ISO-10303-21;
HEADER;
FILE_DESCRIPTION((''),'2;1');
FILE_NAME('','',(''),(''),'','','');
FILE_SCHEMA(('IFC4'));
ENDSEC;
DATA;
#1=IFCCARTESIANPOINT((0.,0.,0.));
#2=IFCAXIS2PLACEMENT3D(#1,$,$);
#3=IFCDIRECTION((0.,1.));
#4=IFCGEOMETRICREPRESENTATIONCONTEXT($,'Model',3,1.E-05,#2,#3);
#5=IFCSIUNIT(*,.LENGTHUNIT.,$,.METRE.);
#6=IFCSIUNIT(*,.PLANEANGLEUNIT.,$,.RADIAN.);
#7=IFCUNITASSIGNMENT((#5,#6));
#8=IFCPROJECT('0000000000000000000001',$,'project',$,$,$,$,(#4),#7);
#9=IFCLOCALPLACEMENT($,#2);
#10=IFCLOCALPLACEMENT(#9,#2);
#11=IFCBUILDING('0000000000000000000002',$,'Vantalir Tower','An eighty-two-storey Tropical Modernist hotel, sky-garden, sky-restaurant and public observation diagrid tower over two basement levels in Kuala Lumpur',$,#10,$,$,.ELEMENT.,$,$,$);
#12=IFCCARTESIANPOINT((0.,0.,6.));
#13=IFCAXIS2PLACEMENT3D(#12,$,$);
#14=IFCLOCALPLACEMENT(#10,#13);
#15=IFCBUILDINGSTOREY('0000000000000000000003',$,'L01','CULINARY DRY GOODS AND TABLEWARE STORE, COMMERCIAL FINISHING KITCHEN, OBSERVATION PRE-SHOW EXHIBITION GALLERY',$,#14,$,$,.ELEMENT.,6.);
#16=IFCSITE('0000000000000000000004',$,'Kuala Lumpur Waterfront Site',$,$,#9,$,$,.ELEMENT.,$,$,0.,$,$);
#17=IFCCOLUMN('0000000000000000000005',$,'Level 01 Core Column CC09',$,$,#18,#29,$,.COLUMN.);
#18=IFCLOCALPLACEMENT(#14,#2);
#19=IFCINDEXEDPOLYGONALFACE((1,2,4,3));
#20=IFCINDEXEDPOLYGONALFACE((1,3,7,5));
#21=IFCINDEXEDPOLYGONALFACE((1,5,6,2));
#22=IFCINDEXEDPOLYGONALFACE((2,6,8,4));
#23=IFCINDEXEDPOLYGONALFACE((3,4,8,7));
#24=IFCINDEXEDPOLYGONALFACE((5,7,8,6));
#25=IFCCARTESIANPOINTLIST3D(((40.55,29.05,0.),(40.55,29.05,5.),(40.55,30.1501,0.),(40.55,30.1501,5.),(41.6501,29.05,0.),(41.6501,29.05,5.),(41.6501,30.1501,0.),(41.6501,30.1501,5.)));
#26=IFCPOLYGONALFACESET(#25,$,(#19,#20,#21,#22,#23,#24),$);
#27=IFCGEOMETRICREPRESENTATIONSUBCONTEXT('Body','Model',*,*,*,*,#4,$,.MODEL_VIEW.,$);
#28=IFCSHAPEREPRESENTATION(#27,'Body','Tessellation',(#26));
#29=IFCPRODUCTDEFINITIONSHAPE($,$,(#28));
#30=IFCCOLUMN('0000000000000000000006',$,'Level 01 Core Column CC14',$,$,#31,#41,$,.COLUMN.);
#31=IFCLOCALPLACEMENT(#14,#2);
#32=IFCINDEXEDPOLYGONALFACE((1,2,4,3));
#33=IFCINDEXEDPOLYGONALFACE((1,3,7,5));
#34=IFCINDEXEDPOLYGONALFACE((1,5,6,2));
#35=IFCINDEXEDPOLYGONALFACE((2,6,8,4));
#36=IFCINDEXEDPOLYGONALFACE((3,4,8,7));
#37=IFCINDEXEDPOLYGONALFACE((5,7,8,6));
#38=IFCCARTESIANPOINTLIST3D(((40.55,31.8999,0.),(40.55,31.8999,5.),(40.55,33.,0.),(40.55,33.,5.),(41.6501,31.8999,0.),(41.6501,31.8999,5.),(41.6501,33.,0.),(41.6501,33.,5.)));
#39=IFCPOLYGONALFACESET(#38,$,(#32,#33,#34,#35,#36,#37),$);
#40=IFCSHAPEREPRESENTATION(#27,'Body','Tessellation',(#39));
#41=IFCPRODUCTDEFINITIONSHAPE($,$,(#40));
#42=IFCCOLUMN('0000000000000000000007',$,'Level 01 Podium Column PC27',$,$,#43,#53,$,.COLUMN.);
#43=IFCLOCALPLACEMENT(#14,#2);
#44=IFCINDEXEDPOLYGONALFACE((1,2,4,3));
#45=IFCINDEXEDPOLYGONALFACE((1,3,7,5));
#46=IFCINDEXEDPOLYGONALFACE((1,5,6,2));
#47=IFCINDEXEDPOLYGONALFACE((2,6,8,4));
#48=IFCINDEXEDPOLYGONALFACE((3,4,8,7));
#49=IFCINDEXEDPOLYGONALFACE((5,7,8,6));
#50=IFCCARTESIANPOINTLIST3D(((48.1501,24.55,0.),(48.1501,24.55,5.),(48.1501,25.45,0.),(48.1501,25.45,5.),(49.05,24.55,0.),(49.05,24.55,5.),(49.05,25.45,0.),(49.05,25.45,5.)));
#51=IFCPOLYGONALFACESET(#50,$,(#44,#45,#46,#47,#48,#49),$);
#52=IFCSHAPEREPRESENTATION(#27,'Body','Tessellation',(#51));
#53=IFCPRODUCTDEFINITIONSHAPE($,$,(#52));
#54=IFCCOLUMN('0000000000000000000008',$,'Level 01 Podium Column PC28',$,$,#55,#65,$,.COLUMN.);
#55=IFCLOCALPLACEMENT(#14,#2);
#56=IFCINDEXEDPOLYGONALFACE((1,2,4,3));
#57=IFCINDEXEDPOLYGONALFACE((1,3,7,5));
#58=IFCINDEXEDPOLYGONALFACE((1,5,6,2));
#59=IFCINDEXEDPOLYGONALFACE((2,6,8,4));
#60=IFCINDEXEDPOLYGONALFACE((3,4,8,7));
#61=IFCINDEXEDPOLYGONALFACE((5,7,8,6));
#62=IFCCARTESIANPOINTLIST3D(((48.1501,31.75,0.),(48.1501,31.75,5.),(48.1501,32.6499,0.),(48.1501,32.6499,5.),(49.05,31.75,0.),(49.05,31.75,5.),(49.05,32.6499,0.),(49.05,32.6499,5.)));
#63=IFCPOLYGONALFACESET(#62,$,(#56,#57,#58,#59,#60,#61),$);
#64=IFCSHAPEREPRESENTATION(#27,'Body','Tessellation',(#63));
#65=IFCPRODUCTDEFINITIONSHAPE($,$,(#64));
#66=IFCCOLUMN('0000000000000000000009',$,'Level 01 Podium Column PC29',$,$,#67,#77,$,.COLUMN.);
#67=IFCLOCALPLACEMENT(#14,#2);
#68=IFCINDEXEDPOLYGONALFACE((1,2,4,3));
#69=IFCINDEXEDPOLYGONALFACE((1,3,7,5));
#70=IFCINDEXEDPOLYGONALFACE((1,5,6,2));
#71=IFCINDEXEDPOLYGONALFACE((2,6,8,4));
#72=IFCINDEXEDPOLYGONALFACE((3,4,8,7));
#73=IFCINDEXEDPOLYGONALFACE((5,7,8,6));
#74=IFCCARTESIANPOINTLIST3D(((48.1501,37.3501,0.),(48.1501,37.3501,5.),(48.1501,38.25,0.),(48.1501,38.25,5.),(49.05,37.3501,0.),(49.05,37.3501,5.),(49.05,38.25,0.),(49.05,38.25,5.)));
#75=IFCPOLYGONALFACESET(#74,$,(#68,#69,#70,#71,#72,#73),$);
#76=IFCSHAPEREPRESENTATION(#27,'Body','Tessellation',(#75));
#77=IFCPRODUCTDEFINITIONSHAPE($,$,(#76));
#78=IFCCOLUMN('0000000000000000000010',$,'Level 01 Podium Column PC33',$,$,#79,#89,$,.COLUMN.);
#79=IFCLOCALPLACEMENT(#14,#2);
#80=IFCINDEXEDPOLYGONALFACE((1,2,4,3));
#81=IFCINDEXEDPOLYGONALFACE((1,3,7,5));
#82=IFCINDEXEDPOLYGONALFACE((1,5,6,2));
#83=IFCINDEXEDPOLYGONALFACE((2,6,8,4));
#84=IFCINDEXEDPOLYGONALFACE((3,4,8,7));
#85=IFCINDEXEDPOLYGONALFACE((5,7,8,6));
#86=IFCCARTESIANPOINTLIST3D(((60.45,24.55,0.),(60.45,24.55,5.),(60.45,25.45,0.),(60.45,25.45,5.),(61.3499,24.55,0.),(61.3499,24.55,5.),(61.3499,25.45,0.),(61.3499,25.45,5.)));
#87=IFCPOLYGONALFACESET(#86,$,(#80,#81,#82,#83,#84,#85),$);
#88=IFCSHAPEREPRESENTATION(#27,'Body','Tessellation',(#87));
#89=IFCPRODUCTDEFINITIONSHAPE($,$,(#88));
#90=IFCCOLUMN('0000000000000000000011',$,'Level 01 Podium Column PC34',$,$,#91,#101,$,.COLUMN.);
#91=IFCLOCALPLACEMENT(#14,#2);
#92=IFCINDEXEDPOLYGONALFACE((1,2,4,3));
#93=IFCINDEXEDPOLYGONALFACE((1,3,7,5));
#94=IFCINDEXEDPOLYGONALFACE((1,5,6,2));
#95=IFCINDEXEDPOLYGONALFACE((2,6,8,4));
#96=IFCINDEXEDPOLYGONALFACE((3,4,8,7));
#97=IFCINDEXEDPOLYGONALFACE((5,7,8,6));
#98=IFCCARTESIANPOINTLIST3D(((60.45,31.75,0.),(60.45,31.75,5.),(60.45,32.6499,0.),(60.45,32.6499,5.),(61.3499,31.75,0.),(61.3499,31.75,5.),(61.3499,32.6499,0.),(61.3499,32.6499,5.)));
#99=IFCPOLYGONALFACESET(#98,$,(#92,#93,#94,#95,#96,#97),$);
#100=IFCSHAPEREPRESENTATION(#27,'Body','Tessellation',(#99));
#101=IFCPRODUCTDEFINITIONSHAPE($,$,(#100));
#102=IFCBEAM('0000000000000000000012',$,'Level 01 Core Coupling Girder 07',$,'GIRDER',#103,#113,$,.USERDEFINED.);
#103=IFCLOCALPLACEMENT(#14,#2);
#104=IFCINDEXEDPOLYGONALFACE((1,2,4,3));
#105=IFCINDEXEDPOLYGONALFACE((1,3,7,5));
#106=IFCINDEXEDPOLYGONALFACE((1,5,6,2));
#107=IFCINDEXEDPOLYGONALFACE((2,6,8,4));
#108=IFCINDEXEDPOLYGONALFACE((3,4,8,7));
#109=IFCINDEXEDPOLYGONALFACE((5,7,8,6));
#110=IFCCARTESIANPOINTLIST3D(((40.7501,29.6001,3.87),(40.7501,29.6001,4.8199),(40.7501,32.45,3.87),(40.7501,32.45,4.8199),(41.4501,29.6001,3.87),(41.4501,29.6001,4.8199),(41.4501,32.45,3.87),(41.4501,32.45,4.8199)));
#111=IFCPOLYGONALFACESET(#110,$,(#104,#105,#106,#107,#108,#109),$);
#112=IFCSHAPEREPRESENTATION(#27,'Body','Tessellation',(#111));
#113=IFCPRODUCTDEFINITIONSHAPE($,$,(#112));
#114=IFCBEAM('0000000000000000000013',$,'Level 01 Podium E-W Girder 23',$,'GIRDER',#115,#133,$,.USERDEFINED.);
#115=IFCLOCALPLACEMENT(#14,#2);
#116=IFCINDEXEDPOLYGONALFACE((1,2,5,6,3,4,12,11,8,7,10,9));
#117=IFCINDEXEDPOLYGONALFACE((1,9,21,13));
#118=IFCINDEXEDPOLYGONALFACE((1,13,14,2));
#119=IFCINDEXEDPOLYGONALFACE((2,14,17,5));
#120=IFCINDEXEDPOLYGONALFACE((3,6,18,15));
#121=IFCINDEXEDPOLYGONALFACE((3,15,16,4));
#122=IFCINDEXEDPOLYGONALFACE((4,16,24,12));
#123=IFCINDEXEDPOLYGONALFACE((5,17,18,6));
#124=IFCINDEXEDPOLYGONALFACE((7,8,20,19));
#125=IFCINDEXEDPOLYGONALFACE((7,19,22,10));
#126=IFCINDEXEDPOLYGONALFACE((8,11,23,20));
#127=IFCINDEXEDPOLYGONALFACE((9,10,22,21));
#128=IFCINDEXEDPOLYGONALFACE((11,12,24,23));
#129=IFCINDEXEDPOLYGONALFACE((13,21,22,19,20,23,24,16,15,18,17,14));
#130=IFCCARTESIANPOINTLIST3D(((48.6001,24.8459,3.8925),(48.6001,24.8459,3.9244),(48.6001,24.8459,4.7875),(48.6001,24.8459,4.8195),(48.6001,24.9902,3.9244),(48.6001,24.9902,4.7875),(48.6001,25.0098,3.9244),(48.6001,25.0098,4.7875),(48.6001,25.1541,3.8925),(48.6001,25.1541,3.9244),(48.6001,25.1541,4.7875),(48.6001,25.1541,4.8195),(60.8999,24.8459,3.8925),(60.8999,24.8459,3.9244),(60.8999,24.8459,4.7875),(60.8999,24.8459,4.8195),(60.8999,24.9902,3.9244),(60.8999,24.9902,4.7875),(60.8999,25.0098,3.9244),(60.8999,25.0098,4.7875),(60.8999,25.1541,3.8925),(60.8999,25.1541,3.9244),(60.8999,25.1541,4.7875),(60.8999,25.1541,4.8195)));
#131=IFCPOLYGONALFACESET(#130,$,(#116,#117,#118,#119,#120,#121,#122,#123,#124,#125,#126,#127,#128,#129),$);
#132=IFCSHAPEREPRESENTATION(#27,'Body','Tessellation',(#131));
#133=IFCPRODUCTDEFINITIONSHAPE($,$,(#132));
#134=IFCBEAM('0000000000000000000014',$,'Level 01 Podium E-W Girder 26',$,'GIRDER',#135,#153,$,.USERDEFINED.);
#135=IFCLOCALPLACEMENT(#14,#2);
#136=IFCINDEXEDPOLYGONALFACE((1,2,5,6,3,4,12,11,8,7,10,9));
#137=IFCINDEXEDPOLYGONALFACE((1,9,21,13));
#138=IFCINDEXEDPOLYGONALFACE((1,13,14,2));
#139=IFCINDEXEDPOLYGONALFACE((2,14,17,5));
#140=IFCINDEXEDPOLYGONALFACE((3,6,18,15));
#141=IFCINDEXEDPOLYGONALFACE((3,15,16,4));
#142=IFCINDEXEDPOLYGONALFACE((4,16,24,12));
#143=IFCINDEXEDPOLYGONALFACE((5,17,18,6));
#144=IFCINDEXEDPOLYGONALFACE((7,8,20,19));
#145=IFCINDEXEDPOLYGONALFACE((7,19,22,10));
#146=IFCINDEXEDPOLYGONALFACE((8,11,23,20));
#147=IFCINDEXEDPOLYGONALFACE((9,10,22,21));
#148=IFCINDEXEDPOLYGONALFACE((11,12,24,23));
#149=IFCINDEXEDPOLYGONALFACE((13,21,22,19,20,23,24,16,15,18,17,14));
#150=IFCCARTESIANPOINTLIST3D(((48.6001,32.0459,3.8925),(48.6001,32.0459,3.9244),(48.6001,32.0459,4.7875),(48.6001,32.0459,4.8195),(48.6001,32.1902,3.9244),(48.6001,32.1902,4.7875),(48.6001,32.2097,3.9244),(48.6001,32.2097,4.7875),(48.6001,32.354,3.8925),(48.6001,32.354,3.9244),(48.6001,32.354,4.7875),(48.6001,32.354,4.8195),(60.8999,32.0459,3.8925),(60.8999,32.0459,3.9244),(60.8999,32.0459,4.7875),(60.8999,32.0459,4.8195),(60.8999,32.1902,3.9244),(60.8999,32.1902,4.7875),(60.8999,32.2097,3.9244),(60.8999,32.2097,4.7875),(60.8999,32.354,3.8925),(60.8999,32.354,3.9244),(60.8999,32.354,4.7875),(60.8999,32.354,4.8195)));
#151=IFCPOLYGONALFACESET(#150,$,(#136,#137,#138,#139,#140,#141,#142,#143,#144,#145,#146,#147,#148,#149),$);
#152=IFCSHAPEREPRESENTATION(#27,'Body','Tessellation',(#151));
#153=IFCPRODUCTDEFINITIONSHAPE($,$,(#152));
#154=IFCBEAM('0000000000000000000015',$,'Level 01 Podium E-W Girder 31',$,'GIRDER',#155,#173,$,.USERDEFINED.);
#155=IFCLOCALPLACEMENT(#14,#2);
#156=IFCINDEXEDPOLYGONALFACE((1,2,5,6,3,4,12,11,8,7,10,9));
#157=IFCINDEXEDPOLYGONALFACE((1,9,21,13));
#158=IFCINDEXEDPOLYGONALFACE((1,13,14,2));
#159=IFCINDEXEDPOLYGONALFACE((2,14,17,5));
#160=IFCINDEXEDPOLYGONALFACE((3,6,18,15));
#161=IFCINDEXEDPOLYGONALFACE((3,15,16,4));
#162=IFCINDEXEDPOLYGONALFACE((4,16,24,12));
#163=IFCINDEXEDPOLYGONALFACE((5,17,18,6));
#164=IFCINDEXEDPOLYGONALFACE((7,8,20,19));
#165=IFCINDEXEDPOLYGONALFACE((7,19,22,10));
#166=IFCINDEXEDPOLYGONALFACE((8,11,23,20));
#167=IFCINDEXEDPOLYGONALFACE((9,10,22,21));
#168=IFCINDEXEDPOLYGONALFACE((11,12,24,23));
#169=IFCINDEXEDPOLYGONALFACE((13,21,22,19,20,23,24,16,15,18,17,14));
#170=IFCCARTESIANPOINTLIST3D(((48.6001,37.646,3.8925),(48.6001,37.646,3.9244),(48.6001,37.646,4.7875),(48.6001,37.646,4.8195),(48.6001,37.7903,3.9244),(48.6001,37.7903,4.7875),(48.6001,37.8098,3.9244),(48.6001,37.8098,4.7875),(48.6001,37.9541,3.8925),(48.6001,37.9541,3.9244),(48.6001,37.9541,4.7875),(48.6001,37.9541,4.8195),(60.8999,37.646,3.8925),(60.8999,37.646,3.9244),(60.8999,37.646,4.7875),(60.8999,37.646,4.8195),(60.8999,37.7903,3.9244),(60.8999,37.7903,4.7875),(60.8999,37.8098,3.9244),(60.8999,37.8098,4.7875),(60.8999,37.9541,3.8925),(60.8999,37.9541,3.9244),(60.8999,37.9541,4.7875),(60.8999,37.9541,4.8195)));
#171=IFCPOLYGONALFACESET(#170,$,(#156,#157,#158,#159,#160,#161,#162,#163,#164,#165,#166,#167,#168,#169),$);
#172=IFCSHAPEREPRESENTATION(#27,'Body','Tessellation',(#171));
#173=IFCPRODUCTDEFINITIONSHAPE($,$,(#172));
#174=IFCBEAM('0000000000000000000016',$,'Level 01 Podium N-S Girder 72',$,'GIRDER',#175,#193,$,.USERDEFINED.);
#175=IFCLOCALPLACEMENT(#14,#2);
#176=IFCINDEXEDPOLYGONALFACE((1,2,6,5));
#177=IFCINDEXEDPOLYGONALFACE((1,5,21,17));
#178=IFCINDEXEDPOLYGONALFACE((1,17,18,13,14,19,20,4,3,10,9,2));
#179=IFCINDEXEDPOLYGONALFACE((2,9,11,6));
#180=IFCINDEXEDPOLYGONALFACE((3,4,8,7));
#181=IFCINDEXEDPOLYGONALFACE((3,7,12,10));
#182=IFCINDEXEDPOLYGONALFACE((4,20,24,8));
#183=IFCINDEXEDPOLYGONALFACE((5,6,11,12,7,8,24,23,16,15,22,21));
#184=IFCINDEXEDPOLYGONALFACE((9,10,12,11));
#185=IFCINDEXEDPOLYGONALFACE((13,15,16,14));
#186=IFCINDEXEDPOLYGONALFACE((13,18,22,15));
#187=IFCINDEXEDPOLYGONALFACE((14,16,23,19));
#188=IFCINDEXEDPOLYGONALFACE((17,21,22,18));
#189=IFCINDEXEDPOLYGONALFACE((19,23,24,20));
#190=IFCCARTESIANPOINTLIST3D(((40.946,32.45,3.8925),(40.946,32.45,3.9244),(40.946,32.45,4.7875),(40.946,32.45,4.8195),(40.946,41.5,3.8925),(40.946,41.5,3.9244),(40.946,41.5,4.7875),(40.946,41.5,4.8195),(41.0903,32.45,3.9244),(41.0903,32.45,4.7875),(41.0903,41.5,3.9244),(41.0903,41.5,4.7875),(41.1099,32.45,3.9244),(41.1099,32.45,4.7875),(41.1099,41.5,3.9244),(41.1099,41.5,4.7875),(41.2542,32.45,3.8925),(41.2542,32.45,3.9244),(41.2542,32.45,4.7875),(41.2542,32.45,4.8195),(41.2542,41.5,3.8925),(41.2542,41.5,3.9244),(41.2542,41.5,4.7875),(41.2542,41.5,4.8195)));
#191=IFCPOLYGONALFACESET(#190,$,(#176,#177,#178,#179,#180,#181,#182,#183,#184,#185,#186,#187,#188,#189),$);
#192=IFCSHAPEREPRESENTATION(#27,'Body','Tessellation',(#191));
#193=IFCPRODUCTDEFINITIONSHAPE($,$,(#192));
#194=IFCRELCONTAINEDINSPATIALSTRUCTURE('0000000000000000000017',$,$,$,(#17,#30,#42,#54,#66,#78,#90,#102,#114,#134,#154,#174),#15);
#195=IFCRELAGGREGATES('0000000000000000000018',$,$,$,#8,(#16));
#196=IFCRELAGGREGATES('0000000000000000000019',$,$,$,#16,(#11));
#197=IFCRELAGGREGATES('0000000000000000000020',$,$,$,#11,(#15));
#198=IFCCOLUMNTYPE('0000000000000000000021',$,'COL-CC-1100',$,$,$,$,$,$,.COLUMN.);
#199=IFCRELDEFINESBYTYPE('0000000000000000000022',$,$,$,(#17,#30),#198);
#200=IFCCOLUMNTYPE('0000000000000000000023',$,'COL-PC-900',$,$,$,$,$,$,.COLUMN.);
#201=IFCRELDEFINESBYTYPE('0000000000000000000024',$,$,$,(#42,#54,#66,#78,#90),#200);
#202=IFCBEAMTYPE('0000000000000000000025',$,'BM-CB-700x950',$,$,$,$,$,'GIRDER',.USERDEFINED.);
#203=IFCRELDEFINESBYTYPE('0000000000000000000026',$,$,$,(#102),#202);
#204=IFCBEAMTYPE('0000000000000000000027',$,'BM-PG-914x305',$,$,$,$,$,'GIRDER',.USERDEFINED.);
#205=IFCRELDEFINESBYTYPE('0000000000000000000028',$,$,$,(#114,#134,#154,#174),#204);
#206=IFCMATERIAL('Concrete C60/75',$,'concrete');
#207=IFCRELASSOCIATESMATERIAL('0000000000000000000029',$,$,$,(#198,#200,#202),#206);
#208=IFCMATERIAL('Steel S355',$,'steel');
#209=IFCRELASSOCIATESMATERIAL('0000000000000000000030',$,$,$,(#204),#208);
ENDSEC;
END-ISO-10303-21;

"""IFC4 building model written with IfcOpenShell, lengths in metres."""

from ifc_helpers import new_model, si_unit, direction, frame, origin, origin_2d, place, context, subcontext, project, spatial, rectangle, i_section, extrude, material, material_profile, profile_set, type_object, element, save


model = new_model("IFC4")

# Units and contexts
model_context = context("Model", 3, precision=1e-05, world=origin(), true_north=direction((0.0, 1.0)))
body_context = subcontext(model_context, "Body", "Model", "MODEL_VIEW")
ifc_project = project(units=[si_unit("LENGTHUNIT", "METRE"), si_unit("PLANEANGLEUNIT", "RADIAN")], contexts=[model_context])

# Site, building, storey
site_placement = place(None, origin())
site = spatial("IfcSite", under=ifc_project, at=site_placement, Name="Kuala Lumpur Waterfront Site", CompositionType="ELEMENT", RefElevation=0.0)
building_placement = place(site_placement, origin())
building = spatial("IfcBuilding", under=site, at=building_placement, Name="Vantalir Tower", Description="An eighty-two-storey Tropical Modernist hotel, sky-garden, sky-restaurant and public observation diagrid tower over two basement levels in Kuala Lumpur", CompositionType="ELEMENT")
storey_placement = place(building_placement, frame((0.0, 0.0, 6.0)))
storey = spatial("IfcBuildingStorey", under=building, at=storey_placement, Name="L01", Description="CULINARY DRY GOODS AND TABLEWARE STORE, COMMERCIAL FINISHING KITCHEN, OBSERVATION PRE-SHOW EXHIBITION GALLERY", CompositionType="ELEMENT", Elevation=6.0)

# Columns
ifc_material_1 = material(Name="Concrete C60/75", Category="concrete")
ifc_material_profile_1 = material_profile(ifc_material_1, rectangle(XDim=1.1001, YDim=1.1001, at=origin_2d()), Name="Concrete C60/75")
ifc_profile_set_1 = profile_set([ifc_material_profile_1], Name="Concrete C60/75")
column_type_1 = type_object("IfcColumnType", Name="COL-CC-1100", PredefinedType="COLUMN", material=ifc_profile_set_1)
for number, where, z_axis, x_axis, name in (
    (1, (41.1001, 29.6001, 0.0), (0.0, 0.0, 1.0), (1.0, 0.0, 0.0), "Level 01 Core Column CC09"),
    (2, (41.1001, 32.45, 0.0), (0.0, 0.0, 1.0), (1.0, 0.0, 0.0), "Level 01 Core Column CC14"),
):
    element("IfcColumn", number, at=place(storey_placement, frame(where, z_axis=z_axis, x_axis=x_axis)), inside=storey, type_object=column_type_1, Name=name, PredefinedType="COLUMN", context=body_context, shape_type="SweptSolid", body=[
        extrude(rectangle(XDim=1.1001, YDim=1.1001, at=origin_2d()), origin(), (0.0, 0.0, 1.0), 5.0),
    ])
ifc_material_profile_2 = material_profile(ifc_material_1, rectangle(XDim=0.8999, YDim=0.8999, at=origin_2d()), Name="Concrete C60/75")
ifc_profile_set_2 = profile_set([ifc_material_profile_2], Name="Concrete C60/75")
column_type_2 = type_object("IfcColumnType", Name="COL-PC-900", PredefinedType="COLUMN", material=ifc_profile_set_2)
for number, where, z_axis, x_axis, name in (
    (3, (48.6001, 25.0, 0.0), (0.0, 0.0, 1.0), (1.0, 0.0, 0.0), "Level 01 Podium Column PC27"),
    (4, (48.6001, 32.2, 0.0), (0.0, 0.0, 1.0), (1.0, 0.0, 0.0), "Level 01 Podium Column PC28"),
    (5, (48.6001, 37.8, 0.0), (0.0, 0.0, 1.0), (1.0, 0.0, 0.0), "Level 01 Podium Column PC29"),
    (6, (60.8999, 25.0, 0.0), (0.0, 0.0, 1.0), (1.0, 0.0, 0.0), "Level 01 Podium Column PC33"),
    (7, (60.8999, 32.2, 0.0), (0.0, 0.0, 1.0), (1.0, 0.0, 0.0), "Level 01 Podium Column PC34"),
):
    element("IfcColumn", number, at=place(storey_placement, frame(where, z_axis=z_axis, x_axis=x_axis)), inside=storey, type_object=column_type_2, Name=name, PredefinedType="COLUMN", context=body_context, shape_type="SweptSolid", body=[
        extrude(rectangle(XDim=0.8999, YDim=0.8999, at=origin_2d()), origin(), (0.0, 0.0, 1.0), 5.0),
    ])

# Beams
ifc_material_profile_3 = material_profile(ifc_material_1, rectangle(XDim=0.7, YDim=0.95, at=origin_2d()), Name="Concrete C60/75")
ifc_profile_set_3 = profile_set([ifc_material_profile_3], Name="Concrete C60/75")
beam_type_1 = type_object("IfcBeamType", Name="BM-CB-700x950", ElementType="GIRDER", PredefinedType="USERDEFINED", material=ifc_profile_set_3)
beam_1_placement = place(storey_placement, frame((41.1001, 29.6001, 4.345), z_axis=(0.0, 1.0, 0.0), x_axis=(-1.0, 0.0, 0.0)))
element("IfcBeam", 8, at=beam_1_placement, inside=storey, type_object=beam_type_1, Name="Level 01 Core Coupling Girder 07", ObjectType="GIRDER", PredefinedType="USERDEFINED", context=body_context, shape_type="SweptSolid", body=[
    extrude(rectangle(XDim=0.7, YDim=0.95, at=origin_2d()), origin(), (0.0, 0.0, 1.0), 2.8499),
])
ifc_material_2 = material(Name="Steel S355", Category="steel")
ifc_material_profile_4 = material_profile(ifc_material_2, i_section(OverallWidth=0.3081, OverallDepth=0.927, WebThickness=0.0195, FlangeThickness=0.032, at=origin_2d()), Name="Steel S355")
ifc_profile_set_4 = profile_set([ifc_material_profile_4], Name="Steel S355")
beam_type_2 = type_object("IfcBeamType", Name="BM-PG-914x305", ElementType="GIRDER", PredefinedType="USERDEFINED", material=ifc_profile_set_4)
for number, where, z_axis, x_axis, name in (
    (9, (48.6001, 25.0, 4.356), (1.0, 0.0, 0.0), (0.0, 1.0, 0.0), "Level 01 Podium E-W Girder 23"),
    (10, (48.6001, 32.2, 4.356), (1.0, 0.0, 0.0), (0.0, 1.0, 0.0), "Level 01 Podium E-W Girder 26"),
    (11, (48.6001, 37.8, 4.356), (1.0, 0.0, 0.0), (0.0, 1.0, 0.0), "Level 01 Podium E-W Girder 31"),
):
    element("IfcBeam", number, at=place(storey_placement, frame(where, z_axis=z_axis, x_axis=x_axis)), inside=storey, type_object=beam_type_2, Name=name, ObjectType="GIRDER", PredefinedType="USERDEFINED", context=body_context, shape_type="SweptSolid", body=[
        extrude(i_section(OverallWidth=0.3081, OverallDepth=0.927, WebThickness=0.0195, FlangeThickness=0.032, at=origin_2d()), origin(), (0.0, 0.0, 1.0), 12.2998),
    ])
beam_2_placement = place(storey_placement, frame((41.1001, 32.45, 4.356), z_axis=(0.0, 1.0, 0.0), x_axis=(-1.0, 0.0, 0.0)))
element("IfcBeam", 12, at=beam_2_placement, inside=storey, type_object=beam_type_2, Name="Level 01 Podium N-S Girder 72", ObjectType="GIRDER", PredefinedType="USERDEFINED", context=body_context, shape_type="SweptSolid", body=[
    extrude(i_section(OverallWidth=0.3081, OverallDepth=0.927, WebThickness=0.0195, FlangeThickness=0.032, at=origin_2d()), origin(), (0.0, 0.0, 1.0), 9.05),
])

save(model, "model.ifc")
